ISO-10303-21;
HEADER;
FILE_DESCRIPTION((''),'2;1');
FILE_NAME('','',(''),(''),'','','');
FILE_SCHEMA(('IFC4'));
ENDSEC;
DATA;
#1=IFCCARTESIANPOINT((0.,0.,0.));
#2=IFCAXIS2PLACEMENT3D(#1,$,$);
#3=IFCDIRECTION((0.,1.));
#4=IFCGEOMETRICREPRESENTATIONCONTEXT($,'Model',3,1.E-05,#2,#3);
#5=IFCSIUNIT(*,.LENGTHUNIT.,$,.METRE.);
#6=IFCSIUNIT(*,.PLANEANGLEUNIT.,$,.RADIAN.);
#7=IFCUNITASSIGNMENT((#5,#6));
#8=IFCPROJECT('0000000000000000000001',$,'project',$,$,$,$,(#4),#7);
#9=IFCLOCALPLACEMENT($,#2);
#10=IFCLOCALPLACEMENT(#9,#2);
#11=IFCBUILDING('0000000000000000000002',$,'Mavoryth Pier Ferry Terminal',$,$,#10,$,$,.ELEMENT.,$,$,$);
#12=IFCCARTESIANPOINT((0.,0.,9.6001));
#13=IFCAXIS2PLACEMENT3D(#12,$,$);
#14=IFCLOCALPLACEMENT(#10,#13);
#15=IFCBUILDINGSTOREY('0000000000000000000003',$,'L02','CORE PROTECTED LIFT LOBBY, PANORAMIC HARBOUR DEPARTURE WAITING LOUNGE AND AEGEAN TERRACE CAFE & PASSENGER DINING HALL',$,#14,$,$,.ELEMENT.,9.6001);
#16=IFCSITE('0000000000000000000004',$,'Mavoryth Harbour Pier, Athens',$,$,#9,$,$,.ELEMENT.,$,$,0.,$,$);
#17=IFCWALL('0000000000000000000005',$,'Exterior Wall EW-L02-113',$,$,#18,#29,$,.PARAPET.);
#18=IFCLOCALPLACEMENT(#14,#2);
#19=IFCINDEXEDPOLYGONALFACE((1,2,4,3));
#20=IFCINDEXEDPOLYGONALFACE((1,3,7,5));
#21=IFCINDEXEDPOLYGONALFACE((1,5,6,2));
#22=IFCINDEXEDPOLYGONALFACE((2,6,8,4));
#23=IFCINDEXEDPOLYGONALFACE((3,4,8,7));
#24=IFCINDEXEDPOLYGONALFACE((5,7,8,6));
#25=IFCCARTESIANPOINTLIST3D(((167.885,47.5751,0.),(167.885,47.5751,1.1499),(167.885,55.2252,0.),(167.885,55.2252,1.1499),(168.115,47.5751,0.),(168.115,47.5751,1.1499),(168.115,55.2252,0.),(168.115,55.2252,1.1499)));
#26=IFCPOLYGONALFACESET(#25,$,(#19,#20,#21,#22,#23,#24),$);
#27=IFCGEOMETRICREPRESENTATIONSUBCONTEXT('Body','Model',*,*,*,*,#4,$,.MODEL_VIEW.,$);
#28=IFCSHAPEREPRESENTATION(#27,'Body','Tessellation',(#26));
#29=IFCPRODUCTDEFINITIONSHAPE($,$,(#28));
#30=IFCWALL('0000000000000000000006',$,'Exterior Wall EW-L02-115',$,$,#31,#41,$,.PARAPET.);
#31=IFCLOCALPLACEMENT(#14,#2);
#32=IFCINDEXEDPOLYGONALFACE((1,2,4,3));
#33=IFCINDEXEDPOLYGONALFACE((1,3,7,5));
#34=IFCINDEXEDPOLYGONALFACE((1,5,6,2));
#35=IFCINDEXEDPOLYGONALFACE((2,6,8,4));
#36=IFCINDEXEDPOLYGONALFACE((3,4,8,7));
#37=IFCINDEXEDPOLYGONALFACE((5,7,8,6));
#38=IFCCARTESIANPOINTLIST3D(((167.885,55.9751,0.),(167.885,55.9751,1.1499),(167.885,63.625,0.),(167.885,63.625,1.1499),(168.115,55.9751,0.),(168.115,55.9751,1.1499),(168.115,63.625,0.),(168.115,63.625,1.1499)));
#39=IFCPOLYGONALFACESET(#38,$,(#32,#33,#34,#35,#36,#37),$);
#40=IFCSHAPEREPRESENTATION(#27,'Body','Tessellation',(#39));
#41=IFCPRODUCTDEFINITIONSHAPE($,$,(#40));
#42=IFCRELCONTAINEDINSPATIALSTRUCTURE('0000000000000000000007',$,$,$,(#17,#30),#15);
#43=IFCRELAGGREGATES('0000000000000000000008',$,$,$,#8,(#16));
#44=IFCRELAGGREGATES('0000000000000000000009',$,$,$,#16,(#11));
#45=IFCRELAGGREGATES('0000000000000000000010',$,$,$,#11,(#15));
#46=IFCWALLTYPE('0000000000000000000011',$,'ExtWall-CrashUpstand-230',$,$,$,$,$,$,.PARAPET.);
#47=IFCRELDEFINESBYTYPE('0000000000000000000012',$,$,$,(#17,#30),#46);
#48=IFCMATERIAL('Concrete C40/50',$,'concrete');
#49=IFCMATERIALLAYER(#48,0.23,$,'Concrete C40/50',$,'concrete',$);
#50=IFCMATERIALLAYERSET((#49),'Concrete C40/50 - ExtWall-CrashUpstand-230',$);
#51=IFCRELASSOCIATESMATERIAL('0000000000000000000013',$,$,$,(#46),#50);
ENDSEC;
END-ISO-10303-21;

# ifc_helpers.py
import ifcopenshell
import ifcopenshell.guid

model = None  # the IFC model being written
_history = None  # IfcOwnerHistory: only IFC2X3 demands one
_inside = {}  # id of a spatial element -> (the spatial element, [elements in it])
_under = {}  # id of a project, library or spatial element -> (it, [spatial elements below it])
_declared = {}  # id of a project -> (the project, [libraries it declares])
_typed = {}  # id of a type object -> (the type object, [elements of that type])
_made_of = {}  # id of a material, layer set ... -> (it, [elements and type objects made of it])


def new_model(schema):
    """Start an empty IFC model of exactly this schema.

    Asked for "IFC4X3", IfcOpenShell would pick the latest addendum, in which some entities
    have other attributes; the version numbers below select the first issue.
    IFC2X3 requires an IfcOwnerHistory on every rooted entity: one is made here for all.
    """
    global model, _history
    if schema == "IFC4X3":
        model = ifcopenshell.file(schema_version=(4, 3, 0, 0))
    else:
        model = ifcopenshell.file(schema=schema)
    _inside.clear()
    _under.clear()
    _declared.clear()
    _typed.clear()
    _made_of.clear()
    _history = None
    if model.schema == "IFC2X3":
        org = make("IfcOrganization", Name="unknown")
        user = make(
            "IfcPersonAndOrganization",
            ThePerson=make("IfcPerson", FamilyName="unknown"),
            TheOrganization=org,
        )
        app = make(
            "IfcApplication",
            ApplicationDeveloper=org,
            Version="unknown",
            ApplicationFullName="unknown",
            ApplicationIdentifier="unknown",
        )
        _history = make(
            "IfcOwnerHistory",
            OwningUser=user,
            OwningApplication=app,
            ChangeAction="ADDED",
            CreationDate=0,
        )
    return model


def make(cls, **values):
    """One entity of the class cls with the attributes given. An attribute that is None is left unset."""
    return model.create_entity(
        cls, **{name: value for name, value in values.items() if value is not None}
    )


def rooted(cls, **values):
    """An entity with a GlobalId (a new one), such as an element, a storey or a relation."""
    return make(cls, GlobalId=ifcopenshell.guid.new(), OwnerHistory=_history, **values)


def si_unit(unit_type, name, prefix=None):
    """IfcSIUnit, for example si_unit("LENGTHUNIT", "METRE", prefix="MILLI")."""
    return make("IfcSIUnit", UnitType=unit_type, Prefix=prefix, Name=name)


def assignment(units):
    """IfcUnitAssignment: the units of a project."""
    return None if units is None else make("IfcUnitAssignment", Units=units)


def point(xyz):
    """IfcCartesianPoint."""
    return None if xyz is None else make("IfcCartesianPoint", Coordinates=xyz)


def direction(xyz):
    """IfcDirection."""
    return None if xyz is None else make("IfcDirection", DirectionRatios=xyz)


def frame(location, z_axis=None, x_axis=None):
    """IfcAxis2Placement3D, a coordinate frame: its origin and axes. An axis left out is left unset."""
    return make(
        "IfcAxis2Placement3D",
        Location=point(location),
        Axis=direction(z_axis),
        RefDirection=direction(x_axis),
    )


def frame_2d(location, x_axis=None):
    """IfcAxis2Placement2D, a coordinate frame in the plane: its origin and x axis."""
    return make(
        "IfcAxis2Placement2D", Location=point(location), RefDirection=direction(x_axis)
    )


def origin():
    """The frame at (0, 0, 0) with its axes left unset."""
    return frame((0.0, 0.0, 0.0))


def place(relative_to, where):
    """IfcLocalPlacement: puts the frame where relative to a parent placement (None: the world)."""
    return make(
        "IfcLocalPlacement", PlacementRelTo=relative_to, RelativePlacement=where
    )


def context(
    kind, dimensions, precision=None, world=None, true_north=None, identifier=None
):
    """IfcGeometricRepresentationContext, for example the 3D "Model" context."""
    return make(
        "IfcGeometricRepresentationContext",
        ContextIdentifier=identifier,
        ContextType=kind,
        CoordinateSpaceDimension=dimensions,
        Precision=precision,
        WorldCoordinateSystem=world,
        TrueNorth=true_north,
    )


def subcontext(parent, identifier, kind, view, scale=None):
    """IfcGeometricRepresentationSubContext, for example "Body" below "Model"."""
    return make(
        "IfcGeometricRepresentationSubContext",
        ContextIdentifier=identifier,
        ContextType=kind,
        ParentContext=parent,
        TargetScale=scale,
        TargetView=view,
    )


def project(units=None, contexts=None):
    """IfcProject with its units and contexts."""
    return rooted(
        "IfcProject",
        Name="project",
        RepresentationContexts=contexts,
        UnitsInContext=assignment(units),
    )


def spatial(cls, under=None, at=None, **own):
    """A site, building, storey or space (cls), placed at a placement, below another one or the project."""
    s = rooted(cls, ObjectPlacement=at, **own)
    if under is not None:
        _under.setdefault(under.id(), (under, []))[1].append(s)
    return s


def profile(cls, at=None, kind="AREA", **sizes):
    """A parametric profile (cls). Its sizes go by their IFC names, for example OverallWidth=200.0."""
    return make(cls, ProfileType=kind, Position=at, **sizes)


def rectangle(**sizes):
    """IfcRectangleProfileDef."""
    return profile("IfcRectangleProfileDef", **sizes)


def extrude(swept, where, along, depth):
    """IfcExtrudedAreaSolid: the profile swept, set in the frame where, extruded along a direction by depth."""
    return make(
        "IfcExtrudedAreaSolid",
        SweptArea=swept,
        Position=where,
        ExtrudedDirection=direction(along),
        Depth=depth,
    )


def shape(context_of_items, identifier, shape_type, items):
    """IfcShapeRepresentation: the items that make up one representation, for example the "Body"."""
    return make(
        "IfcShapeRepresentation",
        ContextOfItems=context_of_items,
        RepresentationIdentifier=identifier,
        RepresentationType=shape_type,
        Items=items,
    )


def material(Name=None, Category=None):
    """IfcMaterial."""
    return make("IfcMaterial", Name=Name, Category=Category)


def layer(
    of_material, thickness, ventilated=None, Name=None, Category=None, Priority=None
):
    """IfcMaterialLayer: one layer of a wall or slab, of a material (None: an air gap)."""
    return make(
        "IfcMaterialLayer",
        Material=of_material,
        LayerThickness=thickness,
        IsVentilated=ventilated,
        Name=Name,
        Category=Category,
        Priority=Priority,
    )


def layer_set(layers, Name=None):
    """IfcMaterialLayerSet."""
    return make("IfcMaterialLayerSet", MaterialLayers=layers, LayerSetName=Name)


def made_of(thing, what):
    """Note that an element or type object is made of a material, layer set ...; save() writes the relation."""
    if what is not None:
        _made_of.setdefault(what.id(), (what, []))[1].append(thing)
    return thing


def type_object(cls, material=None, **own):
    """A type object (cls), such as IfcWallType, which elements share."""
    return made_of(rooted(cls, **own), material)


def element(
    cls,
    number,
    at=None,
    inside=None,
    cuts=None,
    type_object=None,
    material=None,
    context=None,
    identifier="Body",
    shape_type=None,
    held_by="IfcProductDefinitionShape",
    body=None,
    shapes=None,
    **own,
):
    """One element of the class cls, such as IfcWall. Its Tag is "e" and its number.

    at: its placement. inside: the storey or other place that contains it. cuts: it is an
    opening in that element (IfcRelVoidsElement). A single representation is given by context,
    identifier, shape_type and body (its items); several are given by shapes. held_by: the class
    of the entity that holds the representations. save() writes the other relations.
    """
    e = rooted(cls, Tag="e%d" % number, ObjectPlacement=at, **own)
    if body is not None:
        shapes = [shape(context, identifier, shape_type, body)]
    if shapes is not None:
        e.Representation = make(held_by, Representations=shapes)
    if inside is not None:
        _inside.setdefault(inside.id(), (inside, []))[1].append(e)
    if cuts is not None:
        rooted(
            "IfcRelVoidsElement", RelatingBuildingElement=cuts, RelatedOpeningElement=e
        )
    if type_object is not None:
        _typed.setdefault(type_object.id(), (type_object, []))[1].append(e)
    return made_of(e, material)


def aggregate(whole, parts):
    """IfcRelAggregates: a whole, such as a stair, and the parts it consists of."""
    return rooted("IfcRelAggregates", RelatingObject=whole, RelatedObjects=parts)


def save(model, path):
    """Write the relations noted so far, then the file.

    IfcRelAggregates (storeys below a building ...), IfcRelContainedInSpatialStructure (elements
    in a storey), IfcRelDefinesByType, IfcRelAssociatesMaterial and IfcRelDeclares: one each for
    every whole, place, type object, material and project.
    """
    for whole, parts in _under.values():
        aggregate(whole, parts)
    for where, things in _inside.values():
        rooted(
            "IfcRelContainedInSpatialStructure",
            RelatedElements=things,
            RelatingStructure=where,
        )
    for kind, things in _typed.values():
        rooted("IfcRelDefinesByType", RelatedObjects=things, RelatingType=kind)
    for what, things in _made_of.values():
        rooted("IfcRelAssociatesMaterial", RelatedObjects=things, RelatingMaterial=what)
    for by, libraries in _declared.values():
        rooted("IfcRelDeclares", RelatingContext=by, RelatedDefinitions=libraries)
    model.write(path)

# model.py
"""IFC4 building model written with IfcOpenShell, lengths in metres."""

from ifc_helpers import new_model, si_unit, direction, frame, frame_2d, origin, place, context, subcontext, project, spatial, rectangle, extrude, material, layer, layer_set, type_object, element, save


model = new_model("IFC4")

# Units and contexts
model_context = context("Model", 3, precision=1e-05, world=origin(), true_north=direction((0.0, 1.0)))
body_context = subcontext(model_context, "Body", "Model", "MODEL_VIEW")
ifc_project = project(units=[si_unit("LENGTHUNIT", "METRE"), si_unit("PLANEANGLEUNIT", "RADIAN")], contexts=[model_context])

# Site, building, storey
site_placement = place(None, origin())
site = spatial("IfcSite", under=ifc_project, at=site_placement, Name="Mavoryth Harbour Pier, Athens", CompositionType="ELEMENT", RefElevation=0.0)
building_placement = place(site_placement, origin())
building = spatial("IfcBuilding", under=site, at=building_placement, Name="Mavoryth Pier Ferry Terminal", CompositionType="ELEMENT")
storey_placement = place(building_placement, frame((0.0, 0.0, 9.6001)))
storey = spatial("IfcBuildingStorey", under=building, at=storey_placement, Name="L02", Description="CORE PROTECTED LIFT LOBBY, PANORAMIC HARBOUR DEPARTURE WAITING LOUNGE AND AEGEAN TERRACE CAFE & PASSENGER DINING HALL", CompositionType="ELEMENT", Elevation=9.6001)

# Shared definitions
ifc_material_1 = material(Name="Concrete C40/50", Category="concrete")

# Walls
ifc_layer = layer(ifc_material_1, 0.23, Name="Concrete C40/50", Category="concrete")
ifc_layer_set = layer_set([ifc_layer], Name="Concrete C40/50 - ExtWall-CrashUpstand-230")
wall_type = type_object("IfcWallType", Name="ExtWall-CrashUpstand-230", PredefinedType="PARAPET", material=ifc_layer_set)
wall_1_placement = place(storey_placement, frame((168.0, 47.575, 0.0), z_axis=(0.0, 0.0, 1.0), x_axis=(0.0, 1.0, 0.0)))
element("IfcWall", 1, at=wall_1_placement, inside=storey, type_object=wall_type, Name="Exterior Wall EW-L02-113", PredefinedType="PARAPET", context=body_context, shape_type="SweptSolid", body=[
    extrude(rectangle(XDim=7.6501, YDim=0.23, at=frame_2d((3.8252, 0.0))), origin(), (0.0, 0.0, 1.0), 1.1499),
])
wall_2_placement = place(storey_placement, frame((168.0, 55.9751, 0.0), z_axis=(0.0, 0.0, 1.0), x_axis=(0.0, 1.0, 0.0)))
element("IfcWall", 2, at=wall_2_placement, inside=storey, type_object=wall_type, Name="Exterior Wall EW-L02-115", PredefinedType="PARAPET", context=body_context, shape_type="SweptSolid", body=[
    extrude(rectangle(XDim=7.6499, YDim=0.23, at=frame_2d((3.825, 0.0))), origin(), (0.0, 0.0, 1.0), 1.1499),
])

save(model, "model.ifc")
